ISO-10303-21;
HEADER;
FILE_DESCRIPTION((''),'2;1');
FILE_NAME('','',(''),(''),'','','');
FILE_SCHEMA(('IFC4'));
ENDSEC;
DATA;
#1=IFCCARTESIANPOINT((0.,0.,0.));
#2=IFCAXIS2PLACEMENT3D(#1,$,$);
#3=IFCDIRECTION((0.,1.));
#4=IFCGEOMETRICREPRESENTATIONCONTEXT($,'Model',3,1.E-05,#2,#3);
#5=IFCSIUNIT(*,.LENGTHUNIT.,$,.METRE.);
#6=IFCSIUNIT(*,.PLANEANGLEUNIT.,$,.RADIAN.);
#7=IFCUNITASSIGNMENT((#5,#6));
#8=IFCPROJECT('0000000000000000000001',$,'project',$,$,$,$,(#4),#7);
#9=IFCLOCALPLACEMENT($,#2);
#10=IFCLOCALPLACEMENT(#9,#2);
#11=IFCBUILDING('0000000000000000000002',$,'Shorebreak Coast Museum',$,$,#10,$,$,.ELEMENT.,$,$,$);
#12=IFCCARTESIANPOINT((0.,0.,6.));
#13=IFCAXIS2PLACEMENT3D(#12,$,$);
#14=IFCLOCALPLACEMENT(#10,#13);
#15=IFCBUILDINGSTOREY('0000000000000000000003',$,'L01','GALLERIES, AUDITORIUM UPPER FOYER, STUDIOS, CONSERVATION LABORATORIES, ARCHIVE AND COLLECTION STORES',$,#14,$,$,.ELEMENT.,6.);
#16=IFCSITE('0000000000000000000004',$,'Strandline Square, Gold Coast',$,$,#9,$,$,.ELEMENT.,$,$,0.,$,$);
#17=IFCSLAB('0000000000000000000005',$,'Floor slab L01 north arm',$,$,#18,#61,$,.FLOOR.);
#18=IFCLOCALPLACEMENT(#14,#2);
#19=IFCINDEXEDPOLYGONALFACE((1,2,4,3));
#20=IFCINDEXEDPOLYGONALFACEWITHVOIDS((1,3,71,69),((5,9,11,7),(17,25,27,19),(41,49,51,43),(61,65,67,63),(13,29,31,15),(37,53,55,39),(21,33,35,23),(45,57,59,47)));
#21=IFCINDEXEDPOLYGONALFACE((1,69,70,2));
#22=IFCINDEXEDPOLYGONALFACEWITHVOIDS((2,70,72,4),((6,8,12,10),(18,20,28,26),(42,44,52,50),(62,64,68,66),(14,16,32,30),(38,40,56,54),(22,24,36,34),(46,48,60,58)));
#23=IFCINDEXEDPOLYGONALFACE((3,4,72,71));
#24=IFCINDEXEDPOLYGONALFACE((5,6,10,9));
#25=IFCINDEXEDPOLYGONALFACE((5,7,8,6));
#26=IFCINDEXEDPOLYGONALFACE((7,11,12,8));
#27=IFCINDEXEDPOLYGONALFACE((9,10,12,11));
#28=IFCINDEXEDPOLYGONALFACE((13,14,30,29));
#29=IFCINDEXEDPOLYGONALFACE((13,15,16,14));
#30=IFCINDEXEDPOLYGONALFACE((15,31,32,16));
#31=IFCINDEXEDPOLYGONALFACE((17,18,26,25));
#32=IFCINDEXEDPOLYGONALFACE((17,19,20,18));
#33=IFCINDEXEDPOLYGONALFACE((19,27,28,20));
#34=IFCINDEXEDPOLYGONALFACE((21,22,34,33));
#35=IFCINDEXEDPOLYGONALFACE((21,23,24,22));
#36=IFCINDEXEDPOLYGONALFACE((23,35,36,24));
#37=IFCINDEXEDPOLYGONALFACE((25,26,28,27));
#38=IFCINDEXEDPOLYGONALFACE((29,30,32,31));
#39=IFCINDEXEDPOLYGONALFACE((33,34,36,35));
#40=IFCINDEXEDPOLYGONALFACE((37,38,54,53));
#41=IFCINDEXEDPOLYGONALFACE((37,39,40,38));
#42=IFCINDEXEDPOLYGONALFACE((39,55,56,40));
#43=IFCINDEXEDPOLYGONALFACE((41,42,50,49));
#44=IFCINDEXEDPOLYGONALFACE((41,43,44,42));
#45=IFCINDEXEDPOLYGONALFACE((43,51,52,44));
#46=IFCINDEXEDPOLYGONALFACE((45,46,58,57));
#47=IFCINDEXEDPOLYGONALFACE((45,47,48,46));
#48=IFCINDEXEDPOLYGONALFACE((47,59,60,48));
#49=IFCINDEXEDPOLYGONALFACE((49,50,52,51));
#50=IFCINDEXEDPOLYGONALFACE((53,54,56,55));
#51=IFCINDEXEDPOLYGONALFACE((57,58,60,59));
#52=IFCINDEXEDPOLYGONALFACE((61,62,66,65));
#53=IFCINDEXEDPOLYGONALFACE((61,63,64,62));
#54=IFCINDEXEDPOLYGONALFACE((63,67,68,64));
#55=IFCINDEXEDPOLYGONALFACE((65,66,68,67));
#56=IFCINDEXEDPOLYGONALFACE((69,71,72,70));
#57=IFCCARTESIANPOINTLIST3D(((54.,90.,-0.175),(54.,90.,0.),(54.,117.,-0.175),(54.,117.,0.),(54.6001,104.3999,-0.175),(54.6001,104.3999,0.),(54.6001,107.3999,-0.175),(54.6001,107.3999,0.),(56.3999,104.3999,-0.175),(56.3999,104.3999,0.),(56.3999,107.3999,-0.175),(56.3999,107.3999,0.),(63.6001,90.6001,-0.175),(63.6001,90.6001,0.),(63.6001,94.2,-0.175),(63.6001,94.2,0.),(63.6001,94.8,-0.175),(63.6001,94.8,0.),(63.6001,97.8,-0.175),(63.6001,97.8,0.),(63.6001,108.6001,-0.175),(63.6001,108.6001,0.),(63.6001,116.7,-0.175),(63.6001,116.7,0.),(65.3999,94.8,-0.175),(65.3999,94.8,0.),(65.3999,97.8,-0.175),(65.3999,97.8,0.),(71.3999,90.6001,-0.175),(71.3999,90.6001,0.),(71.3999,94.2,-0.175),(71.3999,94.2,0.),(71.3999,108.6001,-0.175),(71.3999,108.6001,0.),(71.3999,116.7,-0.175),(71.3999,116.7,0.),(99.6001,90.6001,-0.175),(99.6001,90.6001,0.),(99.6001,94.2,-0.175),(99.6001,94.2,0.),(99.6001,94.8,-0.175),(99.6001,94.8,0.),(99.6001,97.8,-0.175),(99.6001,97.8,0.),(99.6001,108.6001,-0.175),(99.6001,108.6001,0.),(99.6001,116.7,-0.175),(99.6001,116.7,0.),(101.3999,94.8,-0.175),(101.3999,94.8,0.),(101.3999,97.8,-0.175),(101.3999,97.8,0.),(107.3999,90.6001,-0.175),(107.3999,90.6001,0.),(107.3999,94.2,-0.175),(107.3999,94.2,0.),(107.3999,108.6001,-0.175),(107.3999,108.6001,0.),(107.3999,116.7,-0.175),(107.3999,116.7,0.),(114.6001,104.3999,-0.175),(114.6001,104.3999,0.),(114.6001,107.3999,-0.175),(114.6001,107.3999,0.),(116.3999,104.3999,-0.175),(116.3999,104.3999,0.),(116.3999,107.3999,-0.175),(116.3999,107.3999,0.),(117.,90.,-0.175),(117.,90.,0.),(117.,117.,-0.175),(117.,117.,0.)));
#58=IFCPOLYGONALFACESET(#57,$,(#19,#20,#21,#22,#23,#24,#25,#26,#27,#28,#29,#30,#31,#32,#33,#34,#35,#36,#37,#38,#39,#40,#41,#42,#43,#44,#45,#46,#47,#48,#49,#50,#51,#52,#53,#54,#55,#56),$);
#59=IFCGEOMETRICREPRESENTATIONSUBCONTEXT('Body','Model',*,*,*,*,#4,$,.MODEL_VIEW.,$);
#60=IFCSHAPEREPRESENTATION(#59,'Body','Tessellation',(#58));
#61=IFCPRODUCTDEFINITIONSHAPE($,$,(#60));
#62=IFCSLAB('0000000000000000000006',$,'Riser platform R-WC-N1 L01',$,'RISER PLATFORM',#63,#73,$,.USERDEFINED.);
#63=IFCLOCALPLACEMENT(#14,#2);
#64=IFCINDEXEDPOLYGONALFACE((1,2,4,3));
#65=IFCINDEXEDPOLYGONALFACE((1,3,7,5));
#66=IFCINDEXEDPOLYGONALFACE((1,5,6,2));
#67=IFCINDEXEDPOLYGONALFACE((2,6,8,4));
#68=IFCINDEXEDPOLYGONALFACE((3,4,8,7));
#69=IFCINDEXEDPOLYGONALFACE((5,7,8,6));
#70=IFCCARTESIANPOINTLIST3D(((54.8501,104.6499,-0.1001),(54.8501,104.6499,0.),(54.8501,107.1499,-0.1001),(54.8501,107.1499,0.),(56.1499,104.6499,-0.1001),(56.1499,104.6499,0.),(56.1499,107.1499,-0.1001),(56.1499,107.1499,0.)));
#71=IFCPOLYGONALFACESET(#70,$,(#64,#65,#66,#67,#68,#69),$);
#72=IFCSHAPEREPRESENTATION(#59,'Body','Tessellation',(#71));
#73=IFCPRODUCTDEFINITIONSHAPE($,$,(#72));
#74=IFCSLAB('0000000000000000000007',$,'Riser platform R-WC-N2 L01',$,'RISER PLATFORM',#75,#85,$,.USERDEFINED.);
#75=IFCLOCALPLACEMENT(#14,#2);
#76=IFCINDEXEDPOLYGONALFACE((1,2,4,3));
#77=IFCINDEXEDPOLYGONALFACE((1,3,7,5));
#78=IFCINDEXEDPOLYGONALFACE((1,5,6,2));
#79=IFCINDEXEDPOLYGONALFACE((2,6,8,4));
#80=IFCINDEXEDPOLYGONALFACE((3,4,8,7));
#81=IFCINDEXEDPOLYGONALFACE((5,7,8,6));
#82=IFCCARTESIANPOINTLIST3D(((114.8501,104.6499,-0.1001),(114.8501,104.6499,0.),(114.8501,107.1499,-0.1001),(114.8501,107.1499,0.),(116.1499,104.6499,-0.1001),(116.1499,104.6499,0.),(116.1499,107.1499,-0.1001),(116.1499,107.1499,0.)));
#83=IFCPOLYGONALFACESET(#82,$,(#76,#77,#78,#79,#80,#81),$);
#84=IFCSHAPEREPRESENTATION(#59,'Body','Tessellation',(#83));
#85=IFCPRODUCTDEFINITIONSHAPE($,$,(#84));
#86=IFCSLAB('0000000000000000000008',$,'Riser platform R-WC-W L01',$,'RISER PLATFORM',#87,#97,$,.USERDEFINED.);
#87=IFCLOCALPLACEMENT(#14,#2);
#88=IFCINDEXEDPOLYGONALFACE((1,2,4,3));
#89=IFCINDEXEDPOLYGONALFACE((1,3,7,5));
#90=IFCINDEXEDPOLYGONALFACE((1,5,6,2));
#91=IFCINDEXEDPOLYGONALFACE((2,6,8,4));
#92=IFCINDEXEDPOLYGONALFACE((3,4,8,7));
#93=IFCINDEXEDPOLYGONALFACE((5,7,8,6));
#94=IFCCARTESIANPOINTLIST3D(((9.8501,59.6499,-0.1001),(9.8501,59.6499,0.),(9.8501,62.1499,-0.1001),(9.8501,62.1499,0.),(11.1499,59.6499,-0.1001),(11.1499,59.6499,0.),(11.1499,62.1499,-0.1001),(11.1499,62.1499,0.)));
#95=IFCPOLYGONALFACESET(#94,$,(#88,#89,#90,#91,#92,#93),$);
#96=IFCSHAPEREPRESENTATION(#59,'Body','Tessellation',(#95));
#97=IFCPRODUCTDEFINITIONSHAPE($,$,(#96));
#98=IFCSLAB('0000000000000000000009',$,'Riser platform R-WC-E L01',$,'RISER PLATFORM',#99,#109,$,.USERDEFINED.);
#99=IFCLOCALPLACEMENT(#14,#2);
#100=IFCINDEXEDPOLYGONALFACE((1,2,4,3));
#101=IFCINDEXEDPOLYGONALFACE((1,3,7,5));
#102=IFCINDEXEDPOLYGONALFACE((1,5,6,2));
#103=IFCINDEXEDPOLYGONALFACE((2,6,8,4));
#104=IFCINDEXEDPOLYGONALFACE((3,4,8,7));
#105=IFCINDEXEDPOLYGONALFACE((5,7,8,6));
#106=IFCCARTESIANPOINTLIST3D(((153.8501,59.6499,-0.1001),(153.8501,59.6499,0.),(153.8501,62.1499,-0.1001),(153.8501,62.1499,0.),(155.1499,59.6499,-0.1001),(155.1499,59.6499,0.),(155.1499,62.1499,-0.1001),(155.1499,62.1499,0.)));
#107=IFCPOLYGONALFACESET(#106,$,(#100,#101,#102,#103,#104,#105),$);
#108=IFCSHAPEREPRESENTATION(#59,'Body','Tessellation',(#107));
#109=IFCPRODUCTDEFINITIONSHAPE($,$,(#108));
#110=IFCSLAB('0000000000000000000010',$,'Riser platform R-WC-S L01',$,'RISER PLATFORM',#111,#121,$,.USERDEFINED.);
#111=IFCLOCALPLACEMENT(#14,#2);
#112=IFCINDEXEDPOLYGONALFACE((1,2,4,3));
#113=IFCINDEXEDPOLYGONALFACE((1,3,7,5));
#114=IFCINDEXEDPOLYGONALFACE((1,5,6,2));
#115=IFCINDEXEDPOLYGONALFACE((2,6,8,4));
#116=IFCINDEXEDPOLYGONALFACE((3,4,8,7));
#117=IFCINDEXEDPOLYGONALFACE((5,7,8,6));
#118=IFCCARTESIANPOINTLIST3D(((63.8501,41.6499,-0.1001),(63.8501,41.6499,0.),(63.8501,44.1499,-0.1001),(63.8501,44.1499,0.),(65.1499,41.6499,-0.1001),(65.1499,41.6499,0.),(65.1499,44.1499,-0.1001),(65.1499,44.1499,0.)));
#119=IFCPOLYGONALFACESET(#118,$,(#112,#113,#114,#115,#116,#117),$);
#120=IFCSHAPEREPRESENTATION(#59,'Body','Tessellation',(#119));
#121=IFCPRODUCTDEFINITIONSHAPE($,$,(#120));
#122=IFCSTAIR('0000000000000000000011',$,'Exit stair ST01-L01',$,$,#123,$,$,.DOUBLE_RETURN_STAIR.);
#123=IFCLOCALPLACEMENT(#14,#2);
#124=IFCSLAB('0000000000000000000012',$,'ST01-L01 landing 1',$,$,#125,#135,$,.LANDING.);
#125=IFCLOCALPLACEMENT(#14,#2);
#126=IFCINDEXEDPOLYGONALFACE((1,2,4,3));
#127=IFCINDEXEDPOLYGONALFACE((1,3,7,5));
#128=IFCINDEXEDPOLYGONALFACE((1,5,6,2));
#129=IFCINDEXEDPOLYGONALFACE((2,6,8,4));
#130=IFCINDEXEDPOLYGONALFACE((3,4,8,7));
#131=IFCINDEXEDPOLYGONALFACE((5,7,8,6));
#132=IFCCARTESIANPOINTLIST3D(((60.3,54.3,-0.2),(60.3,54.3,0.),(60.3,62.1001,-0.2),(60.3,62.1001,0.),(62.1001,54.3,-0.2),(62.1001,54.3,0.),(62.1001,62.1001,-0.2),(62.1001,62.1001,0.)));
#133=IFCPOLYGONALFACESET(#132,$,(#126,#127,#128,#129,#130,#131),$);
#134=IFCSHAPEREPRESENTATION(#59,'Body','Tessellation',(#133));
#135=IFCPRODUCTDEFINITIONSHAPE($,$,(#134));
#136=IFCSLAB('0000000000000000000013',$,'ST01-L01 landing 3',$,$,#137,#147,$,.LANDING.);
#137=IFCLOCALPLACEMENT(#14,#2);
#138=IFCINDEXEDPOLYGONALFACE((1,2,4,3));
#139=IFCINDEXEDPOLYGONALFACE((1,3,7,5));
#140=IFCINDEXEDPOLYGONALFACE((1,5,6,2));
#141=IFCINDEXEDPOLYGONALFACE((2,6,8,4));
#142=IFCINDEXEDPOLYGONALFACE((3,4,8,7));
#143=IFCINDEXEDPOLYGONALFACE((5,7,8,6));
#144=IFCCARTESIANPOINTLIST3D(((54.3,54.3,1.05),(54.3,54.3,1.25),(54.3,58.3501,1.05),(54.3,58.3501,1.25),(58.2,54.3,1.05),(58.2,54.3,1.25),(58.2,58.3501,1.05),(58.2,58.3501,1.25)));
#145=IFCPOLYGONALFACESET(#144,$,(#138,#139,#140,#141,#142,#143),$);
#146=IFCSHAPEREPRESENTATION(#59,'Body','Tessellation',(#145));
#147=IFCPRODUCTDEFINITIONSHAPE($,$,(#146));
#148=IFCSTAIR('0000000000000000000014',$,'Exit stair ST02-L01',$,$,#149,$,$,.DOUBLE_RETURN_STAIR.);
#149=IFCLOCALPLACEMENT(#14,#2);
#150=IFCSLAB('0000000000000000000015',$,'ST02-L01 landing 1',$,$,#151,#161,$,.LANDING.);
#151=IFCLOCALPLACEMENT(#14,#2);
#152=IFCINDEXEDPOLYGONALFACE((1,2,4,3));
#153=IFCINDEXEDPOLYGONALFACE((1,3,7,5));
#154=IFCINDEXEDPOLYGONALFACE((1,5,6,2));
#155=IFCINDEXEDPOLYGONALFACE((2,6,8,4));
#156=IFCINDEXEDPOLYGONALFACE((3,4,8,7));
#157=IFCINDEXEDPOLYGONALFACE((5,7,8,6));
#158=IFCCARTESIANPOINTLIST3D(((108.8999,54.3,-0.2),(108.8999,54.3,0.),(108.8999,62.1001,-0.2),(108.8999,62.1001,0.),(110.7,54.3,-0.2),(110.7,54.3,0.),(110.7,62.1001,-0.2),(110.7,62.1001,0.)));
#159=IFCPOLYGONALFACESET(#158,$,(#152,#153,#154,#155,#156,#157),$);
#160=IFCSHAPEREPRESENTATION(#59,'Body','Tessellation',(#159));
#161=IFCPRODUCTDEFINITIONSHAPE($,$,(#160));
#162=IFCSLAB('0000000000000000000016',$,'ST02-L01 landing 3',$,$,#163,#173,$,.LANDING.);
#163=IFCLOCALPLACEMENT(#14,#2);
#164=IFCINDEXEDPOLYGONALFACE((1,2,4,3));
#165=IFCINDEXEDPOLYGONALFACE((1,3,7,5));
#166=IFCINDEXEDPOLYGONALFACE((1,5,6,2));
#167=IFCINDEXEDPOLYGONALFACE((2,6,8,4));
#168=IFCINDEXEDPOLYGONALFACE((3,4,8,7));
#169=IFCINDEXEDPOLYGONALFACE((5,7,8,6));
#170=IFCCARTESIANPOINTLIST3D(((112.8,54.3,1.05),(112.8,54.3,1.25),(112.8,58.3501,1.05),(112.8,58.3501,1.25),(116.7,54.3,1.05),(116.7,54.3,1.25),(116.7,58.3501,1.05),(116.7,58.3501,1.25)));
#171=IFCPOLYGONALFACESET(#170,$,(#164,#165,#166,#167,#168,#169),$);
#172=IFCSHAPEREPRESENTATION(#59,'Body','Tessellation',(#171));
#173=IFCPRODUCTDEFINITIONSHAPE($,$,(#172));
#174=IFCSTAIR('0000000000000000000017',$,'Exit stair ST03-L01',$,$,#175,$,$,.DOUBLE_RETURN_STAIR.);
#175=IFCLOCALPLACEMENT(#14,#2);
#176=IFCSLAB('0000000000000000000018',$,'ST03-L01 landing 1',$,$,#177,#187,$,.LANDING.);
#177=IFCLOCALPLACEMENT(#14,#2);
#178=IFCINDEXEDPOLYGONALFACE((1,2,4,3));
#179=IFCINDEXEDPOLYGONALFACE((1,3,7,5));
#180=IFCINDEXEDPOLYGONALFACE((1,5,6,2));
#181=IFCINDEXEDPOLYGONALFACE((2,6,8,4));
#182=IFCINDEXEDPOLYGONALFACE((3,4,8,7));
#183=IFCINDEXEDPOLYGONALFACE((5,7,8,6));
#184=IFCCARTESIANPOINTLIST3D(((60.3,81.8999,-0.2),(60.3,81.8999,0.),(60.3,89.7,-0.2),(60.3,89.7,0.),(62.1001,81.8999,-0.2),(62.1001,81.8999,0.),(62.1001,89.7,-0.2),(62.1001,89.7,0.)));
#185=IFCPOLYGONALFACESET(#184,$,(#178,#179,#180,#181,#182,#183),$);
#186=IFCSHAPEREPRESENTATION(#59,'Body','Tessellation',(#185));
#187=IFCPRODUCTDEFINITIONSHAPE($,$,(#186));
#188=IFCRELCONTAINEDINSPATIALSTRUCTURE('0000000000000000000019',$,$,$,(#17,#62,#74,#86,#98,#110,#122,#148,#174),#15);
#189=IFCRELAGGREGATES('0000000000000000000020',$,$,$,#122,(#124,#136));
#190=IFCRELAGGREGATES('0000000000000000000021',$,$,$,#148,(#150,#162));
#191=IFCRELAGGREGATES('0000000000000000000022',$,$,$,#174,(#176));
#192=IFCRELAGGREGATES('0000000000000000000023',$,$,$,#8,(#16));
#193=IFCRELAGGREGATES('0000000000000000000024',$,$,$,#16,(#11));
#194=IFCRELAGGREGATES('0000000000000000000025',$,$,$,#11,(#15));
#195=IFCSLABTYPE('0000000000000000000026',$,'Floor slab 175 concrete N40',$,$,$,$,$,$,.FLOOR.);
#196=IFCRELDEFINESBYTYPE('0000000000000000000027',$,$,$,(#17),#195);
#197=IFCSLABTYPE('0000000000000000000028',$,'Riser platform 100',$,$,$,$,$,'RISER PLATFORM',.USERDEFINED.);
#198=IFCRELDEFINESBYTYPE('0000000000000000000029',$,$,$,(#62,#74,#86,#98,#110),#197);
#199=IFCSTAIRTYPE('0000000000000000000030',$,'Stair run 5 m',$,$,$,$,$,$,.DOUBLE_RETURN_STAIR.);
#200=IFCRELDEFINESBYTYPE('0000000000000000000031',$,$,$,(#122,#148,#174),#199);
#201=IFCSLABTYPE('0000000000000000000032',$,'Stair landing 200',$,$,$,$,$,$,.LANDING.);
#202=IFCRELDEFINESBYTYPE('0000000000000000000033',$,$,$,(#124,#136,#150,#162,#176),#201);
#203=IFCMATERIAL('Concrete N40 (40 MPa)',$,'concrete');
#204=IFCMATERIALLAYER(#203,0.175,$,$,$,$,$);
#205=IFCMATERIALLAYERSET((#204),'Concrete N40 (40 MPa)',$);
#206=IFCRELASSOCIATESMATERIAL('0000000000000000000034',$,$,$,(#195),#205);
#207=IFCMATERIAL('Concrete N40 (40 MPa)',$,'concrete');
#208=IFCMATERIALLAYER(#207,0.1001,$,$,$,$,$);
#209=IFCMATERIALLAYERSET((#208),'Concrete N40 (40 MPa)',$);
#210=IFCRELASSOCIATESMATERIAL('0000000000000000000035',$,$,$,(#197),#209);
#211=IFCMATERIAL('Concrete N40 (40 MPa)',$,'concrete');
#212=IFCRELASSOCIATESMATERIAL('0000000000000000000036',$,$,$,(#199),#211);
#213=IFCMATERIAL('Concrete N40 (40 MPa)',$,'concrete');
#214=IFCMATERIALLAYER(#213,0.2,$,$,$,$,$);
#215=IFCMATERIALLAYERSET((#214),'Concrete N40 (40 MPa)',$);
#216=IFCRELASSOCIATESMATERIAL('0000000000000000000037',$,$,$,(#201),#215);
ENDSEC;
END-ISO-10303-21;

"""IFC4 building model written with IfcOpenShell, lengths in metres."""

from ifc_helpers import new_model, si_unit, direction, frame, origin, place, context, subcontext, project, spatial, polyline, outline, extrude, material, layer, layer_set, type_object, element, aggregate, save


model = new_model("IFC4")

# Units and contexts
model_context = context("Model", 3, precision=1e-05, world=origin(), true_north=direction((0.0, 1.0)))
body_context = subcontext(model_context, "Body", "Model", "MODEL_VIEW")
ifc_project = project(units=[si_unit("LENGTHUNIT", "METRE"), si_unit("PLANEANGLEUNIT", "RADIAN")], contexts=[model_context])

# Site, building, storey
site_placement = place(None, origin())
site = spatial("IfcSite", under=ifc_project, at=site_placement, Name="Strandline Square, Gold Coast", CompositionType="ELEMENT", RefElevation=0.0)
building_placement = place(site_placement, origin())
building = spatial("IfcBuilding", under=site, at=building_placement, Name="Shorebreak Coast Museum", CompositionType="ELEMENT")
storey_placement = place(building_placement, frame((0.0, 0.0, 6.0)))
storey = spatial("IfcBuildingStorey", under=building, at=storey_placement, Name="L01", Description="GALLERIES, AUDITORIUM UPPER FOYER, STUDIOS, CONSERVATION LABORATORIES, ARCHIVE AND COLLECTION STORES", CompositionType="ELEMENT", Elevation=6.0)

# Slabs
ifc_material_1 = material(Name="Concrete N40 (40 MPa)", Category="concrete")
ifc_layer_1 = layer(ifc_material_1, 0.175)
ifc_layer_set_1 = layer_set([ifc_layer_1], Name="Concrete N40 (40 MPa)")
slab_type_1 = type_object("IfcSlabType", Name="Floor slab 175 concrete N40", PredefinedType="FLOOR", material=ifc_layer_set_1)
slab_1_placement = place(storey_placement, frame((0.0, 0.0, -0.175)))
element("IfcSlab", 1, at=slab_1_placement, inside=storey, type_object=slab_type_1, Name="Floor slab L01 north arm", PredefinedType="FLOOR", context=body_context, shape_type="SweptSolid", body=[
    extrude(outline(polyline([(117.0, 90.0), (117.0, 117.0), (54.0, 117.0), (54.0, 90.0), (117.0, 90.0)]), holes=[polyline([(107.3999, 90.6001), (99.6001, 90.6001), (99.6001, 94.2), (107.3999, 94.2), (107.3999, 90.6001)]), polyline([(63.6001, 90.6001), (63.6001, 94.2), (71.3999, 94.2), (71.3999, 90.6001), (63.6001, 90.6001)]), polyline([(99.6001, 97.8), (101.3999, 97.8), (101.3999, 94.8), (99.6001, 94.8), (99.6001, 97.8)]), polyline([(65.3999, 97.8), (65.3999, 94.8), (63.6001, 94.8), (63.6001, 97.8), (65.3999, 97.8)]), polyline([(56.3999, 104.3999), (54.6001, 104.3999), (54.6001, 107.3999), (56.3999, 107.3999), (56.3999, 104.3999)]), polyline([(114.6001, 104.3999), (114.6001, 107.3999), (116.3999, 107.3999), (116.3999, 104.3999), (114.6001, 104.3999)]), polyline([(63.6001, 116.7), (71.3999, 116.7), (71.3999, 108.6001), (63.6001, 108.6001), (63.6001, 116.7)]), polyline([(107.3999, 116.7), (107.3999, 108.6001), (99.6001, 108.6001), (99.6001, 116.7), (107.3999, 116.7)])]), origin(), (0.0, 0.0, 1.0), 0.175),
])
ifc_material_2 = material(Name="Concrete N40 (40 MPa)", Category="concrete")
ifc_layer_2 = layer(ifc_material_2, 0.1001)
ifc_layer_set_2 = layer_set([ifc_layer_2], Name="Concrete N40 (40 MPa)")
slab_type_2 = type_object("IfcSlabType", Name="Riser platform 100", ElementType="RISER PLATFORM", PredefinedType="USERDEFINED", material=ifc_layer_set_2)
slab_2_placement = place(storey_placement, frame((0.0, 0.0, -0.1001)))
element("IfcSlab", 2, at=slab_2_placement, inside=storey, type_object=slab_type_2, Name="Riser platform R-WC-N1 L01", ObjectType="RISER PLATFORM", PredefinedType="USERDEFINED", context=body_context, shape_type="SweptSolid", body=[
    extrude(outline(polyline([(54.8501, 104.6499), (56.1499, 104.6499), (56.1499, 107.1499), (54.8501, 107.1499), (54.8501, 104.6499)])), origin(), (0.0, 0.0, 1.0), 0.1001),
])
slab_3_placement = place(storey_placement, frame((0.0, 0.0, -0.1001)))
element("IfcSlab", 3, at=slab_3_placement, inside=storey, type_object=slab_type_2, Name="Riser platform R-WC-N2 L01", ObjectType="RISER PLATFORM", PredefinedType="USERDEFINED", context=body_context, shape_type="SweptSolid", body=[
    extrude(outline(polyline([(114.8501, 104.6499), (116.1499, 104.6499), (116.1499, 107.1499), (114.8501, 107.1499), (114.8501, 104.6499)])), origin(), (0.0, 0.0, 1.0), 0.1001),
])
slab_4_placement = place(storey_placement, frame((0.0, 0.0, -0.1001)))
element("IfcSlab", 4, at=slab_4_placement, inside=storey, type_object=slab_type_2, Name="Riser platform R-WC-W L01", ObjectType="RISER PLATFORM", PredefinedType="USERDEFINED", context=body_context, shape_type="SweptSolid", body=[
    extrude(outline(polyline([(9.8501, 59.6499), (11.1499, 59.6499), (11.1499, 62.1499), (9.8501, 62.1499), (9.8501, 59.6499)])), origin(), (0.0, 0.0, 1.0), 0.1001),
])
slab_5_placement = place(storey_placement, frame((0.0, 0.0, -0.1001)))
element("IfcSlab", 5, at=slab_5_placement, inside=storey, type_object=slab_type_2, Name="Riser platform R-WC-E L01", ObjectType="RISER PLATFORM", PredefinedType="USERDEFINED", context=body_context, shape_type="SweptSolid", body=[
    extrude(outline(polyline([(153.8501, 59.6499), (155.1499, 59.6499), (155.1499, 62.1499), (153.8501, 62.1499), (153.8501, 59.6499)])), origin(), (0.0, 0.0, 1.0), 0.1001),
])
slab_6_placement = place(storey_placement, frame((0.0, 0.0, -0.1001)))
element("IfcSlab", 6, at=slab_6_placement, inside=storey, type_object=slab_type_2, Name="Riser platform R-WC-S L01", ObjectType="RISER PLATFORM", PredefinedType="USERDEFINED", context=body_context, shape_type="SweptSolid", body=[
    extrude(outline(polyline([(63.8501, 41.6499), (65.1499, 41.6499), (65.1499, 44.1499), (63.8501, 44.1499), (63.8501, 41.6499)])), origin(), (0.0, 0.0, 1.0), 0.1001),
])

# Stairs, slabs
ifc_material_3 = material(Name="Concrete N40 (40 MPa)", Category="concrete")
stair_type = type_object("IfcStairType", Name="Stair run 5 m", PredefinedType="DOUBLE_RETURN_STAIR", material=ifc_material_3)
stair_1_placement = place(storey_placement, origin())
stair_1 = element("IfcStair", 7, at=stair_1_placement, inside=storey, type_object=stair_type, Name="Exit stair ST01-L01", PredefinedType="DOUBLE_RETURN_STAIR")
ifc_material_4 = material(Name="Concrete N40 (40 MPa)", Category="concrete")
ifc_layer_3 = layer(ifc_material_4, 0.2)
ifc_layer_set_3 = layer_set([ifc_layer_3], Name="Concrete N40 (40 MPa)")
slab_type_3 = type_object("IfcSlabType", Name="Stair landing 200", PredefinedType="LANDING", material=ifc_layer_set_3)
slab_7_placement = place(storey_placement, frame((0.0, 0.0, -0.2)))
slab_7 = element("IfcSlab", 8, at=slab_7_placement, type_object=slab_type_3, Name="ST01-L01 landing 1", PredefinedType="LANDING", context=body_context, shape_type="SweptSolid", body=[
    extrude(outline(polyline([(60.3, 54.3), (62.1001, 54.3), (62.1001, 62.1001), (60.3, 62.1001), (60.3, 54.3)])), origin(), (0.0, 0.0, 1.0), 0.2),
])
slab_8_placement = place(storey_placement, frame((0.0, 0.0, 1.05)))
slab_8 = element("IfcSlab", 9, at=slab_8_placement, type_object=slab_type_3, Name="ST01-L01 landing 3", PredefinedType="LANDING", context=body_context, shape_type="SweptSolid", body=[
    extrude(outline(polyline([(54.3, 54.3), (58.2, 54.3), (58.2, 58.3501), (54.3, 58.3501), (54.3, 54.3)])), origin(), (0.0, 0.0, 1.0), 0.2),
])
aggregate(stair_1, [slab_7, slab_8])
stair_2_placement = place(storey_placement, origin())
stair_2 = element("IfcStair", 10, at=stair_2_placement, inside=storey, type_object=stair_type, Name="Exit stair ST02-L01", PredefinedType="DOUBLE_RETURN_STAIR")
slab_9_placement = place(storey_placement, frame((0.0, 0.0, -0.2)))
slab_9 = element("IfcSlab", 11, at=slab_9_placement, type_object=slab_type_3, Name="ST02-L01 landing 1", PredefinedType="LANDING", context=body_context, shape_type="SweptSolid", body=[
    extrude(outline(polyline([(108.8999, 54.3), (110.7, 54.3), (110.7, 62.1001), (108.8999, 62.1001), (108.8999, 54.3)])), origin(), (0.0, 0.0, 1.0), 0.2),
])
slab_10_placement = place(storey_placement, frame((0.0, 0.0, 1.05)))
slab_10 = element("IfcSlab", 12, at=slab_10_placement, type_object=slab_type_3, Name="ST02-L01 landing 3", PredefinedType="LANDING", context=body_context, shape_type="SweptSolid", body=[
    extrude(outline(polyline([(112.8, 54.3), (116.7, 54.3), (116.7, 58.3501), (112.8, 58.3501), (112.8, 54.3)])), origin(), (0.0, 0.0, 1.0), 0.2),
])
aggregate(stair_2, [slab_9, slab_10])
stair_3_placement = place(storey_placement, origin())
stair_3 = element("IfcStair", 13, at=stair_3_placement, inside=storey, type_object=stair_type, Name="Exit stair ST03-L01", PredefinedType="DOUBLE_RETURN_STAIR")
slab_11_placement = place(storey_placement, frame((0.0, 0.0, -0.2)))
slab_11 = element("IfcSlab", 14, at=slab_11_placement, type_object=slab_type_3, Name="ST03-L01 landing 1", PredefinedType="LANDING", context=body_context, shape_type="SweptSolid", body=[
    extrude(outline(polyline([(60.3, 81.8999), (62.1001, 81.8999), (62.1001, 89.7), (60.3, 89.7), (60.3, 81.8999)])), origin(), (0.0, 0.0, 1.0), 0.2),
])
aggregate(stair_3, [slab_11])

save(model, "model.ifc")
